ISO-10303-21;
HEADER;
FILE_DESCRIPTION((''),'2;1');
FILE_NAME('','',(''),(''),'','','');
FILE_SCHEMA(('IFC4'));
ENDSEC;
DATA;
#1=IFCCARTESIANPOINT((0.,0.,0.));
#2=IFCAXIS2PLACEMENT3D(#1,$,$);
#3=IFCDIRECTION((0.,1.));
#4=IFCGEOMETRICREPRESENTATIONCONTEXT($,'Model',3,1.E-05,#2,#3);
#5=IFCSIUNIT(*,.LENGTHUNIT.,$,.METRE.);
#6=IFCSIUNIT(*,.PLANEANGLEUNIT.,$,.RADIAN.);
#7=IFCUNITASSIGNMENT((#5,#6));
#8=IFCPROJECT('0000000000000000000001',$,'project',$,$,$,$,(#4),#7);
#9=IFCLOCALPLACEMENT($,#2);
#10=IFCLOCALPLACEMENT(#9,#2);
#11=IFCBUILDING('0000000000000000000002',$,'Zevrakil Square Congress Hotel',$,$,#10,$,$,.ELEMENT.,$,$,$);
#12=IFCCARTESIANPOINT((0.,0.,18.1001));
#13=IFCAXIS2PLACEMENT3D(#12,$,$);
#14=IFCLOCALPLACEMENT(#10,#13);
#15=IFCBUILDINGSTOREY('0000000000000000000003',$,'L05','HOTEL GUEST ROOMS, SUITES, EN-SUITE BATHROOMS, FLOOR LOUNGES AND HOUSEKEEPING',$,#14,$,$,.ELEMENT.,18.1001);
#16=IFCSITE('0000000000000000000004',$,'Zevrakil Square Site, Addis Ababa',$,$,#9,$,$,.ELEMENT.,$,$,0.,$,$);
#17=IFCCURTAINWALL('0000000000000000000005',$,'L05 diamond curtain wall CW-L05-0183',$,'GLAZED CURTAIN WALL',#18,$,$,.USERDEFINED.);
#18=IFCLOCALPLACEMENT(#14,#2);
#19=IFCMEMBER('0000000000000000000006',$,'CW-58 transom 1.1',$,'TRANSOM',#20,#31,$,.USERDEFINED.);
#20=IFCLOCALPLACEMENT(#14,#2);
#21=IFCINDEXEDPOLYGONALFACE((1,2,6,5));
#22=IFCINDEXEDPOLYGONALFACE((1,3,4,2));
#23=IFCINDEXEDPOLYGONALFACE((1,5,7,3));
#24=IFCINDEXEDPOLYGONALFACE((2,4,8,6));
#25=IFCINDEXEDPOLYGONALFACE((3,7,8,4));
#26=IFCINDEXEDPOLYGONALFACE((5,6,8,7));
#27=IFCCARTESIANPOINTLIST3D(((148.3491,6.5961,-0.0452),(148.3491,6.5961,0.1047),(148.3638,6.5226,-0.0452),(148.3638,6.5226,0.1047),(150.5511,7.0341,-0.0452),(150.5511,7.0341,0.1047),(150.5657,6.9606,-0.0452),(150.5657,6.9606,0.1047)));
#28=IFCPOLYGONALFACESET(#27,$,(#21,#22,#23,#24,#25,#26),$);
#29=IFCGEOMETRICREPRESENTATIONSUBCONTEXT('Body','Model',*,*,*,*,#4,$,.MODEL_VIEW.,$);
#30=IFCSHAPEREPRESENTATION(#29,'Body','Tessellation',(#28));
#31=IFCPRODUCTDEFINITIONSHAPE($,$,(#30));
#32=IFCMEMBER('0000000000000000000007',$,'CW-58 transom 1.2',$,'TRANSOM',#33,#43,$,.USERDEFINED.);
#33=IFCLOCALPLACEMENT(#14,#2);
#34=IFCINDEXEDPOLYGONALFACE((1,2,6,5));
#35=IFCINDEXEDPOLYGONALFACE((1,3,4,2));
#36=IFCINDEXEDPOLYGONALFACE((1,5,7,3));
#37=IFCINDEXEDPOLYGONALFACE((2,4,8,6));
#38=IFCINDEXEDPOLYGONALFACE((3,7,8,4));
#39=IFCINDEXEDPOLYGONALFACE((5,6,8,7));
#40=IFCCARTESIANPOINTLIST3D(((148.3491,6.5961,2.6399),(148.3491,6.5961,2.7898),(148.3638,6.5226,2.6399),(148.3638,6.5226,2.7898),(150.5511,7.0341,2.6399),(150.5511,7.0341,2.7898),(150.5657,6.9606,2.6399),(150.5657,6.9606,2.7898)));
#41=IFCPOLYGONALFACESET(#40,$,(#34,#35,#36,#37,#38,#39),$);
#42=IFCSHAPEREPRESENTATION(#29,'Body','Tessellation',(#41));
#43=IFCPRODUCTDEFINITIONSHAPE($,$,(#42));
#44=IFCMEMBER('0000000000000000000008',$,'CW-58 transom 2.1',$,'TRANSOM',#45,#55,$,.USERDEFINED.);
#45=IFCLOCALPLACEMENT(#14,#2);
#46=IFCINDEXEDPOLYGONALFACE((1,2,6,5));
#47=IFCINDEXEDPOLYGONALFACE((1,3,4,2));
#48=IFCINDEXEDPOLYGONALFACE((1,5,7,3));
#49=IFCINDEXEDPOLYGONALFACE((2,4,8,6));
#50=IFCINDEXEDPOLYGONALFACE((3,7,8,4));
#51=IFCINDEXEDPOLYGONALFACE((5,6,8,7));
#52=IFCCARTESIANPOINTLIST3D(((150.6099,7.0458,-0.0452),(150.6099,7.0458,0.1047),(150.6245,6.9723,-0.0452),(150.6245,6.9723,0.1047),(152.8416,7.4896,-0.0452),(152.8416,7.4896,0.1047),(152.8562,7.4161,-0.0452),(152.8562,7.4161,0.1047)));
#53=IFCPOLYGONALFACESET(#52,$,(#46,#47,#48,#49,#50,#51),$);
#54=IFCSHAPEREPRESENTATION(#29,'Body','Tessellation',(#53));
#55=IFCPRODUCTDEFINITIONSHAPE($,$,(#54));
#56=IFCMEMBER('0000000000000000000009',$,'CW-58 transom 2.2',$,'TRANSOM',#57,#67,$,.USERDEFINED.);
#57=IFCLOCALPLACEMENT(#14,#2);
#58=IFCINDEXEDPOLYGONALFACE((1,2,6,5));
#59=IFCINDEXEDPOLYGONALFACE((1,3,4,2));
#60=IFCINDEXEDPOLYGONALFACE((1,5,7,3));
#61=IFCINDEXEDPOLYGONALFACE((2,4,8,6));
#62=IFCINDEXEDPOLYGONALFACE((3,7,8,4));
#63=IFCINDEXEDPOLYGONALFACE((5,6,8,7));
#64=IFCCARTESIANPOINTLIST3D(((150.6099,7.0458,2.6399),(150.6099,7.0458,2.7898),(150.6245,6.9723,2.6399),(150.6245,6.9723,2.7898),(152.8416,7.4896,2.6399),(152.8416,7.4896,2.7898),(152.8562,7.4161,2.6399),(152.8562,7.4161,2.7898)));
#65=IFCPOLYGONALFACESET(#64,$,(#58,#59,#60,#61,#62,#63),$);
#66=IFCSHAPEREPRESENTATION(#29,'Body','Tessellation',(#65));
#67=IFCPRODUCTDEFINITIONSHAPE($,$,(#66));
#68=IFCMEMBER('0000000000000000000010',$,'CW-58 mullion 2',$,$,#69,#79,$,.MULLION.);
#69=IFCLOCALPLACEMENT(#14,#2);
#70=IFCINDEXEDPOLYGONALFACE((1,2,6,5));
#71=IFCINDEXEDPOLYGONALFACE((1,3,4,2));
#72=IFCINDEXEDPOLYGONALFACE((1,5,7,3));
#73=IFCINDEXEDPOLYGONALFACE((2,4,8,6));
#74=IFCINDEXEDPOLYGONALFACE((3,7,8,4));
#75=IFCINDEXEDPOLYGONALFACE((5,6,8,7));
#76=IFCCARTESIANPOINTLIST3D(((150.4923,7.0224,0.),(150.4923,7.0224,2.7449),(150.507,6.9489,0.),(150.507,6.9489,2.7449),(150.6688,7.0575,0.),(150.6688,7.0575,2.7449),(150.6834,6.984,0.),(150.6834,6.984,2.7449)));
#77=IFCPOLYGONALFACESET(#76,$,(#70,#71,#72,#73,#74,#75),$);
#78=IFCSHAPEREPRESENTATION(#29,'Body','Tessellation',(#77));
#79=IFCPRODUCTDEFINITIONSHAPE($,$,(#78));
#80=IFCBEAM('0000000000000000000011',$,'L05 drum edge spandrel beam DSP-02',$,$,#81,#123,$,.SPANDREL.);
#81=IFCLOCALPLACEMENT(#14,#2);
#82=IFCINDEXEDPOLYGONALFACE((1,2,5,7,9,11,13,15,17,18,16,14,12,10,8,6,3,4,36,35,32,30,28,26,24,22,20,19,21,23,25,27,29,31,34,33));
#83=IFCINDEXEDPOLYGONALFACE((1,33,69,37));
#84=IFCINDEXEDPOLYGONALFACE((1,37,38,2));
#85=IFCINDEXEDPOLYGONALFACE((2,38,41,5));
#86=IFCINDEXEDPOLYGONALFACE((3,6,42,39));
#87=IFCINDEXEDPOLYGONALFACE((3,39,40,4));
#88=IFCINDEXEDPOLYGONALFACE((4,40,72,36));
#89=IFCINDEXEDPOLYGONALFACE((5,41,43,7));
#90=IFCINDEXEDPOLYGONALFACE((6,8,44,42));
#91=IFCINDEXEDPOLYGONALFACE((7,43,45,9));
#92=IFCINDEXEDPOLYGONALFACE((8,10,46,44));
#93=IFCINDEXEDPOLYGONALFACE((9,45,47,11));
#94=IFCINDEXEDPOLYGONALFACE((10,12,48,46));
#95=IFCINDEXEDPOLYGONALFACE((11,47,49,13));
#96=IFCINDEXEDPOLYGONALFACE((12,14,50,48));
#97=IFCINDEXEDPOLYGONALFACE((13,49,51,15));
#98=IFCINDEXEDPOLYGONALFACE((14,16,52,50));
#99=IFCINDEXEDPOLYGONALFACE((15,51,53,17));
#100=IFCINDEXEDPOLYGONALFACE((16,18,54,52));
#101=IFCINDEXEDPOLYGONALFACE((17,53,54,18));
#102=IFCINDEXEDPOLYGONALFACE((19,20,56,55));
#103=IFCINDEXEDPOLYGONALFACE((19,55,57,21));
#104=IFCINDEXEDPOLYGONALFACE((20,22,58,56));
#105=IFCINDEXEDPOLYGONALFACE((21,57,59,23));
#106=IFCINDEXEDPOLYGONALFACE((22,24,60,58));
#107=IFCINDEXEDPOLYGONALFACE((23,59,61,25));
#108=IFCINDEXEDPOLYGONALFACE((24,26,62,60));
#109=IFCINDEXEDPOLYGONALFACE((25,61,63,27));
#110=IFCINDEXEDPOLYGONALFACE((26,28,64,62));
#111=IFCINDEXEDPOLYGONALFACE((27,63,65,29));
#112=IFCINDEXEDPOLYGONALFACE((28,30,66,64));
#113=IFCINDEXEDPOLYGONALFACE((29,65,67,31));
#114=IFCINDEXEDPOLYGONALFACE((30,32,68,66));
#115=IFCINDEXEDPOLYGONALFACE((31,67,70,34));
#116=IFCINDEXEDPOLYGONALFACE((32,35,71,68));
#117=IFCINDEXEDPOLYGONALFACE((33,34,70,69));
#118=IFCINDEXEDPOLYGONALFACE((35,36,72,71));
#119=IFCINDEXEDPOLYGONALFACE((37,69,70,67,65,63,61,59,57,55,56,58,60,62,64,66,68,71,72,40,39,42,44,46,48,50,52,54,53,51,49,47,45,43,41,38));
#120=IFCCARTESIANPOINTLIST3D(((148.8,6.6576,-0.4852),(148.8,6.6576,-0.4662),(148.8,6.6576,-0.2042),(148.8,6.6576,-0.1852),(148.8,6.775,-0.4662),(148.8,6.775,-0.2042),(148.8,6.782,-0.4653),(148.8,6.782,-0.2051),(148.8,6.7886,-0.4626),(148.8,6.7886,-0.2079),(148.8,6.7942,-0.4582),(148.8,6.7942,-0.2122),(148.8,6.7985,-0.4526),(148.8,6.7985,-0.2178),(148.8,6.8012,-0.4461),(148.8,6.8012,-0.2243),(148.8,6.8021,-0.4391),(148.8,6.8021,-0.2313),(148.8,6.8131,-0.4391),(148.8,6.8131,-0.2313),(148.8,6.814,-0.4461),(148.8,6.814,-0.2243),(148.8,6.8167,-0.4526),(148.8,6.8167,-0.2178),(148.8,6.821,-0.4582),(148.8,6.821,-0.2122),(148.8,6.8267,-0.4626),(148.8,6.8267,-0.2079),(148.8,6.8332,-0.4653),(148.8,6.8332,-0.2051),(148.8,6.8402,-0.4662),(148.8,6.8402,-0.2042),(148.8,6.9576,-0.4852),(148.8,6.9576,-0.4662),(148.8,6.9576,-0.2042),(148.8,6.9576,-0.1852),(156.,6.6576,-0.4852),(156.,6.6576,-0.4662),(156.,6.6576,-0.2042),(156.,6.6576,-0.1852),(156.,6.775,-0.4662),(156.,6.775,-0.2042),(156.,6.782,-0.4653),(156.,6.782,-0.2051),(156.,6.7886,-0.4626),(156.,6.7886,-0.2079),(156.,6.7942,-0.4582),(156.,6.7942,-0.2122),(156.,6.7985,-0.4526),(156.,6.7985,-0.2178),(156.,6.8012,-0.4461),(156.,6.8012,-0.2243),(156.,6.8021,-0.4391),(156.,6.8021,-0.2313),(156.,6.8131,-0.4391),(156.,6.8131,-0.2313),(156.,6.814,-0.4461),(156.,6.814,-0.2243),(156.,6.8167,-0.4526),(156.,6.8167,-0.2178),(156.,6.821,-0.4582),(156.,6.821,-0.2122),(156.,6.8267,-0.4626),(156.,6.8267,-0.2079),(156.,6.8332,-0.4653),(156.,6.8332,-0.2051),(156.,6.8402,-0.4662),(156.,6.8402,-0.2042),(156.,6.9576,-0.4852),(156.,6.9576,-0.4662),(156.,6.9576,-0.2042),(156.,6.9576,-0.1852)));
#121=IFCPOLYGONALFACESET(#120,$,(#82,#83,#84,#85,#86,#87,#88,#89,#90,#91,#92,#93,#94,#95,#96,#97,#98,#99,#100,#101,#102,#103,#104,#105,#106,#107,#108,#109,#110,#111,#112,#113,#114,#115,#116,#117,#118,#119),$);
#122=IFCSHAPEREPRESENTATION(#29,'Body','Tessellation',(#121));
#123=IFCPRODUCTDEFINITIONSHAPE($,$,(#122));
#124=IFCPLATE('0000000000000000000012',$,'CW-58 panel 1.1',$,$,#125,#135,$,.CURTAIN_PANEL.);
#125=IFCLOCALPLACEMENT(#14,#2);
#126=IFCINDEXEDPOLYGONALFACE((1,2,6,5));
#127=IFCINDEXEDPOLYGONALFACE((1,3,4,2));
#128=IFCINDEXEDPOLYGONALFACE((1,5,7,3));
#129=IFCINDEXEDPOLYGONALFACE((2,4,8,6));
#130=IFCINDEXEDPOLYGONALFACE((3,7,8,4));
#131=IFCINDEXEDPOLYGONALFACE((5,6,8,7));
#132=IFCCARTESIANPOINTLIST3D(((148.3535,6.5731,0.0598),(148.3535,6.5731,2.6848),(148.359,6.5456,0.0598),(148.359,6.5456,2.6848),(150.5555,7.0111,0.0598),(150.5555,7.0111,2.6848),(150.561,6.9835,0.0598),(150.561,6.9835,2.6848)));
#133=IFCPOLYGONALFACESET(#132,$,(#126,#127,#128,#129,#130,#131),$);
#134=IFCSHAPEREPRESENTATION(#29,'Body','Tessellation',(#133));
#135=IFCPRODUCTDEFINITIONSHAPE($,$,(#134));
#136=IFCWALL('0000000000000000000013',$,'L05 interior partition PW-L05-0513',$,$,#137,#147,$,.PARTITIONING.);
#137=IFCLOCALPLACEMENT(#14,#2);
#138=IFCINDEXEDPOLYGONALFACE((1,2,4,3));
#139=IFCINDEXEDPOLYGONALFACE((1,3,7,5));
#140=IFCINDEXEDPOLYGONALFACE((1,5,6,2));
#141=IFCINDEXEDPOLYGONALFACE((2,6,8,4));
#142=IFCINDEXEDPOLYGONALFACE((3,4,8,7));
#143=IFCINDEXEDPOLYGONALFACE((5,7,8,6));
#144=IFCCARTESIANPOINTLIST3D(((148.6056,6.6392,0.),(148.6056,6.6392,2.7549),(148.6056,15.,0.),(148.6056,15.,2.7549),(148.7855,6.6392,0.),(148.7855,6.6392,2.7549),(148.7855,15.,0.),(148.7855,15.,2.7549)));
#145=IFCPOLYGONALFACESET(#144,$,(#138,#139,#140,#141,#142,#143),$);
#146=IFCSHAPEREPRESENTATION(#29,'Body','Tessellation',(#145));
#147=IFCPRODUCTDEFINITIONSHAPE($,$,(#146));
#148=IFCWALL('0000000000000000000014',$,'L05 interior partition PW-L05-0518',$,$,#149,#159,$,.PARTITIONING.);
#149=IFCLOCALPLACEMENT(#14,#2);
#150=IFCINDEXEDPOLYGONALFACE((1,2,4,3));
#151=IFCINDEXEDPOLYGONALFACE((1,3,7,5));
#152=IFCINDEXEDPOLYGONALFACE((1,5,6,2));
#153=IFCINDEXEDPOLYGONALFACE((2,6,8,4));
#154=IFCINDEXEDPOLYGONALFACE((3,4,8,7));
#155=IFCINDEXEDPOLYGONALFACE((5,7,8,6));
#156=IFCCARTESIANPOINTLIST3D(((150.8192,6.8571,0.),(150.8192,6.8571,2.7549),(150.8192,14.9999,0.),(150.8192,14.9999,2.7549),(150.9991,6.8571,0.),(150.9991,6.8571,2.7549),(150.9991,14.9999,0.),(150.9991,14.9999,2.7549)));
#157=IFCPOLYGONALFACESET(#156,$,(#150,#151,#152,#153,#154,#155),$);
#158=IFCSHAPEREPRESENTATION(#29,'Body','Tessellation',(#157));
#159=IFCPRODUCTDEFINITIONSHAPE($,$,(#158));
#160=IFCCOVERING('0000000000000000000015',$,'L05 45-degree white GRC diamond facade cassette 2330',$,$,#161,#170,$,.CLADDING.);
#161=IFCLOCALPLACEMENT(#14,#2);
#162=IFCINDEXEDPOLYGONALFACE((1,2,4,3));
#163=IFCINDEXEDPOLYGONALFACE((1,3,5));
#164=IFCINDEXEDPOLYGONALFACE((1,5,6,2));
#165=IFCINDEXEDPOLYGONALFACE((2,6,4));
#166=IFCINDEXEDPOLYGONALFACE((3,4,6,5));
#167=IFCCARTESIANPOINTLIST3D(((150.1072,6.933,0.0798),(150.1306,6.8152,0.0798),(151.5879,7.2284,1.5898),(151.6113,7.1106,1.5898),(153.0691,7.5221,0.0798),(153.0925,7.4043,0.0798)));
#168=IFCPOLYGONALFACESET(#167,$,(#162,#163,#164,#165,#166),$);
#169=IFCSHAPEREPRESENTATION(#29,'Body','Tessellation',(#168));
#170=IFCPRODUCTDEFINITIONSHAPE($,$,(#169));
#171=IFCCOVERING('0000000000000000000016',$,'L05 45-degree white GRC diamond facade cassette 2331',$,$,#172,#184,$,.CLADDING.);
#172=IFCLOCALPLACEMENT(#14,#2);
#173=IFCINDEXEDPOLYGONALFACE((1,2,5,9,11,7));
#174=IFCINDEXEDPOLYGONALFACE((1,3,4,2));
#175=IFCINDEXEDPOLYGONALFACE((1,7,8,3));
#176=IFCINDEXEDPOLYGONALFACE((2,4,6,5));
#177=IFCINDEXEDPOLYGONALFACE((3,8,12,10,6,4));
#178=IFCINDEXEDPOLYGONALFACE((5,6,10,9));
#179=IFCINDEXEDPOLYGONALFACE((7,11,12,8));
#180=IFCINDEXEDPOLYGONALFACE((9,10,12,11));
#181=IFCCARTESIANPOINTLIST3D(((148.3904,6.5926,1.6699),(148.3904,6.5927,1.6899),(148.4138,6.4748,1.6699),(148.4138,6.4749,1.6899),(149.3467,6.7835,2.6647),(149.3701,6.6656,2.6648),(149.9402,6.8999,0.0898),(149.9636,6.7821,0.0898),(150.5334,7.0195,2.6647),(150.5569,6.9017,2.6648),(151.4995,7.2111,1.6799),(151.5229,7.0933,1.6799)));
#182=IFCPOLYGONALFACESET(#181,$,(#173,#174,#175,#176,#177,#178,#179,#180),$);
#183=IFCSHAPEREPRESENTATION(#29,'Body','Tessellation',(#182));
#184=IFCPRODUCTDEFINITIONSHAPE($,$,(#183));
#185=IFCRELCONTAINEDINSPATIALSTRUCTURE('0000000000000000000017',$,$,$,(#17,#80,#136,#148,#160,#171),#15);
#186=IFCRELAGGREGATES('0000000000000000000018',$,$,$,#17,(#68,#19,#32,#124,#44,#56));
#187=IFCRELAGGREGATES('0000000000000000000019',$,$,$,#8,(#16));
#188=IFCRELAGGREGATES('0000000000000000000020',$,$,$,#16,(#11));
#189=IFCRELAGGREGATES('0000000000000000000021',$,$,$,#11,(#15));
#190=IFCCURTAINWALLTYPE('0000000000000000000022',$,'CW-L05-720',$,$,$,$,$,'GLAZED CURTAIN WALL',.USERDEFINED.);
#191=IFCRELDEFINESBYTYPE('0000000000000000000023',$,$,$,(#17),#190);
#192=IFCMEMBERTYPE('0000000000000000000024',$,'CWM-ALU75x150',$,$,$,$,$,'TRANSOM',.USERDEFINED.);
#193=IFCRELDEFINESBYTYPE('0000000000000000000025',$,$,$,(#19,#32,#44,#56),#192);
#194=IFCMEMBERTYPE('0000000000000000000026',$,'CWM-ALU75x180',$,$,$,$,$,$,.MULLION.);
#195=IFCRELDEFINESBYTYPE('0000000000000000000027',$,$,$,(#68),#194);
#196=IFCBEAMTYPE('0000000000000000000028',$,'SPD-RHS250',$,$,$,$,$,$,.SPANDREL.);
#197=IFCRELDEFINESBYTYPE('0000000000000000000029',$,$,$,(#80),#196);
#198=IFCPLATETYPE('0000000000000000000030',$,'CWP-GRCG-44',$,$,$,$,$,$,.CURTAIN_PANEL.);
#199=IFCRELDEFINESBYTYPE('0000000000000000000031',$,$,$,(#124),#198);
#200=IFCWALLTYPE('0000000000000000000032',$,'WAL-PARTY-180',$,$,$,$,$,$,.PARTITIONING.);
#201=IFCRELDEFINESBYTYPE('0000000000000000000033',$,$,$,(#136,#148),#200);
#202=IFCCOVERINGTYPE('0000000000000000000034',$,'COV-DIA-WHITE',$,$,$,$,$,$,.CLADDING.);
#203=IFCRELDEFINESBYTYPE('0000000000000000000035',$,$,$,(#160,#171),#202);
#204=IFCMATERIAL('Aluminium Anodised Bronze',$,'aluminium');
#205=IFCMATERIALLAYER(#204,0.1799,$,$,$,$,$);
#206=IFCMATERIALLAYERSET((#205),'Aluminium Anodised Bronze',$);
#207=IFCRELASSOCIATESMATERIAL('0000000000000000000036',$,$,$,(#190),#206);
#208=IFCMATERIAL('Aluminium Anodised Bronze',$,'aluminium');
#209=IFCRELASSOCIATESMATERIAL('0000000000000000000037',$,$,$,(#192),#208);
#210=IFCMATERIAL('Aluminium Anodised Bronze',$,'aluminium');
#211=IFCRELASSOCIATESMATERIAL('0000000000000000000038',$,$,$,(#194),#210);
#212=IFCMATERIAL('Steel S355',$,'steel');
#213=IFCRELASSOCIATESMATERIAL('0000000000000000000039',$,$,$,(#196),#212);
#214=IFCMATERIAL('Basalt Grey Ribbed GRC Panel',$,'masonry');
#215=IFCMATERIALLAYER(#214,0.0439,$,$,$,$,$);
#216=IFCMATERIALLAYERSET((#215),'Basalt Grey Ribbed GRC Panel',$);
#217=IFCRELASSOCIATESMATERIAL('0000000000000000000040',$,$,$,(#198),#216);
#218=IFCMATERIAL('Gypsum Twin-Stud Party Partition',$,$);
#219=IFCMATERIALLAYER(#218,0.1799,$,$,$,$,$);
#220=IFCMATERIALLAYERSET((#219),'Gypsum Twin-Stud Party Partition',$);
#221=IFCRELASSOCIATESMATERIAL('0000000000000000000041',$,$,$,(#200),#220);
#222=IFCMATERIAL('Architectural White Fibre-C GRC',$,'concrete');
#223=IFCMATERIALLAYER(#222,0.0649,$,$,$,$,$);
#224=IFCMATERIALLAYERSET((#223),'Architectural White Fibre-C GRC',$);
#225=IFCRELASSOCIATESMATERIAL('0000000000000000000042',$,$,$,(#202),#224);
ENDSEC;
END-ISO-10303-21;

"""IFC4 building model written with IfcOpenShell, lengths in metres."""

from ifc_helpers import new_model, si_unit, direction, frame, frame_2d, origin, origin_2d, place, context, subcontext, project, spatial, polyline, rectangle, i_section, outline, extrude, material, layer, layer_set, material_profile, profile_set, type_object, element, aggregate, save


model = new_model("IFC4")

# Units and contexts
model_context = context("Model", 3, precision=1e-05, world=origin(), true_north=direction((0.0, 1.0)))
body_context = subcontext(model_context, "Body", "Model", "MODEL_VIEW")
ifc_project = project(units=[si_unit("LENGTHUNIT", "METRE"), si_unit("PLANEANGLEUNIT", "RADIAN")], contexts=[model_context])

# Site, building, storey
site_placement = place(None, origin())
site = spatial("IfcSite", under=ifc_project, at=site_placement, Name="Zevrakil Square Site, Addis Ababa", CompositionType="ELEMENT", RefElevation=0.0)
building_placement = place(site_placement, origin())
building = spatial("IfcBuilding", under=site, at=building_placement, Name="Zevrakil Square Congress Hotel", CompositionType="ELEMENT")
storey_placement = place(building_placement, frame((0.0, 0.0, 18.1001)))
storey = spatial("IfcBuildingStorey", under=building, at=storey_placement, Name="L05", Description="HOTEL GUEST ROOMS, SUITES, EN-SUITE BATHROOMS, FLOOR LOUNGES AND HOUSEKEEPING", CompositionType="ELEMENT", Elevation=18.1001)

# Curtain wall, members
ifc_material_1 = material(Name="Aluminium Anodised Bronze", Category="aluminium")
ifc_layer_1 = layer(ifc_material_1, 0.1799)
ifc_layer_set_1 = layer_set([ifc_layer_1], Name="Aluminium Anodised Bronze")
curtain_wall_type = type_object("IfcCurtainWallType", Name="CW-L05-720", ElementType="GLAZED CURTAIN WALL", PredefinedType="USERDEFINED", material=ifc_layer_set_1)
curtain_wall_placement = place(storey_placement, origin())
curtain_wall = element("IfcCurtainWall", 1, at=curtain_wall_placement, inside=storey, type_object=curtain_wall_type, Name="L05 diamond curtain wall CW-L05-0183", ObjectType="GLAZED CURTAIN WALL", PredefinedType="USERDEFINED")
ifc_material_2 = material(Name="Aluminium Anodised Bronze", Category="aluminium")
ifc_material_profile_1 = material_profile(ifc_material_2, rectangle(XDim=0.075, YDim=0.1499, at=origin_2d()), Name="ALU 75x150")
ifc_profile_set_1 = profile_set([ifc_material_profile_1], Name="Aluminium Anodised Bronze")
member_type_1 = type_object("IfcMemberType", Name="CWM-ALU75x150", ElementType="TRANSOM", PredefinedType="USERDEFINED", material=ifc_profile_set_1)
member_1_placement = place(storey_placement, frame((148.3564, 6.5593, 0.0298), z_axis=(0.980785, 0.195091, 0.0), x_axis=(-0.195091, 0.980785, 0.0)))
member_1 = element("IfcMember", 2, at=member_1_placement, type_object=member_type_1, Name="CW-58 transom 1.1", ObjectType="TRANSOM", PredefinedType="USERDEFINED", context=body_context, shape_type="SweptSolid", body=[
    extrude(rectangle(XDim=0.075, YDim=0.1499, at=origin_2d()), origin(), (0.0, 0.0, 1.0), 2.2451),
])
member_2_placement = place(storey_placement, frame((148.3564, 6.5593, 2.7148), z_axis=(0.980785, 0.195091, 0.0), x_axis=(-0.195091, 0.980785, 0.0)))
member_2 = element("IfcMember", 3, at=member_2_placement, type_object=member_type_1, Name="CW-58 transom 1.2", ObjectType="TRANSOM", PredefinedType="USERDEFINED", context=body_context, shape_type="SweptSolid", body=[
    extrude(rectangle(XDim=0.075, YDim=0.1499, at=origin_2d()), origin(), (0.0, 0.0, 1.0), 2.2451),
])
member_3_placement = place(storey_placement, frame((150.6172, 7.009, 0.0298), z_axis=(0.980791, 0.195064, 0.0), x_axis=(-0.195064, 0.980791, 0.0)))
member_3 = element("IfcMember", 4, at=member_3_placement, type_object=member_type_1, Name="CW-58 transom 2.1", ObjectType="TRANSOM", PredefinedType="USERDEFINED", context=body_context, shape_type="SweptSolid", body=[
    extrude(rectangle(XDim=0.075, YDim=0.1499, at=origin_2d()), origin(), (0.0, 0.0, 1.0), 2.2754),
])
member_4_placement = place(storey_placement, frame((150.6172, 7.009, 2.7148), z_axis=(0.980791, 0.195064, 0.0), x_axis=(-0.195064, 0.980791, 0.0)))
member_4 = element("IfcMember", 5, at=member_4_placement, type_object=member_type_1, Name="CW-58 transom 2.2", ObjectType="TRANSOM", PredefinedType="USERDEFINED", context=body_context, shape_type="SweptSolid", body=[
    extrude(rectangle(XDim=0.075, YDim=0.1499, at=origin_2d()), origin(), (0.0, 0.0, 1.0), 2.2754),
])
ifc_material_3 = material(Name="Aluminium Anodised Bronze", Category="aluminium")
ifc_material_profile_2 = material_profile(ifc_material_3, rectangle(XDim=0.075, YDim=0.1799, at=origin_2d()), Name="ALU 75x180")
ifc_profile_set_2 = profile_set([ifc_material_profile_2], Name="Aluminium Anodised Bronze")
member_type_2 = type_object("IfcMemberType", Name="CWM-ALU75x180", PredefinedType="MULLION", material=ifc_profile_set_2)
member_5_placement = place(storey_placement, frame((150.5879, 7.0032, 0.0), z_axis=(0.0, 0.0, 1.0), x_axis=(-0.195084, 0.980787, 0.0)))
member_5 = element("IfcMember", 6, at=member_5_placement, type_object=member_type_2, Name="CW-58 mullion 2", PredefinedType="MULLION", context=body_context, shape_type="SweptSolid", body=[
    extrude(rectangle(XDim=0.075, YDim=0.1799, at=origin_2d()), origin(), (0.0, 0.0, 1.0), 2.7449),
])

# Beam
ifc_material_4 = material(Name="Steel S355", Category="steel")
ifc_material_profile_3 = material_profile(ifc_material_4, i_section(OverallWidth=0.3, OverallDepth=0.3, WebThickness=0.011, FlangeThickness=0.019, FilletRadius=0.0271, at=origin_2d()), Name="HEB 300")
ifc_profile_set_3 = profile_set([ifc_material_profile_3], Name="Steel S355")
beam_type = type_object("IfcBeamType", Name="SPD-RHS250", PredefinedType="SPANDREL", material=ifc_profile_set_3)
beam_placement = place(storey_placement, frame((148.8, 6.8076, -0.3352), z_axis=(1.0, 0.0, 0.0), x_axis=(0.0, 1.0, 0.0)))
element("IfcBeam", 7, at=beam_placement, inside=storey, type_object=beam_type, Name="L05 drum edge spandrel beam DSP-02", PredefinedType="SPANDREL", context=body_context, shape_type="SweptSolid", body=[
    extrude(i_section(OverallWidth=0.3, OverallDepth=0.3, WebThickness=0.011, FlangeThickness=0.019, FilletRadius=0.0271, at=origin_2d()), origin(), (0.0, 0.0, 1.0), 7.2),
])

# Plate
ifc_material_5 = material(Name="Basalt Grey Ribbed GRC Panel", Category="masonry")
ifc_layer_2 = layer(ifc_material_5, 0.0439)
ifc_layer_set_2 = layer_set([ifc_layer_2], Name="Basalt Grey Ribbed GRC Panel")
plate_type = type_object("IfcPlateType", Name="CWP-GRCG-44", PredefinedType="CURTAIN_PANEL", material=ifc_layer_set_2)
plate_placement = place(storey_placement, frame((149.4573, 6.7783, 0.0598), z_axis=(0.0, 0.0, 1.0), x_axis=(0.980787, 0.195084, 0.0)))
plate = element("IfcPlate", 8, at=plate_placement, type_object=plate_type, Name="CW-58 panel 1.1", PredefinedType="CURTAIN_PANEL", context=body_context, shape_type="SweptSolid", body=[
    extrude(rectangle(XDim=2.2451, YDim=0.0281, at=origin_2d()), origin(), (0.0, 0.0, 1.0), 2.625),
])
aggregate(curtain_wall, [member_5, member_1, member_2, plate, member_3, member_4])

# Walls
ifc_material_6 = material(Name="Gypsum Twin-Stud Party Partition")
ifc_layer_3 = layer(ifc_material_6, 0.1799)
ifc_layer_set_3 = layer_set([ifc_layer_3], Name="Gypsum Twin-Stud Party Partition")
wall_type = type_object("IfcWallType", Name="WAL-PARTY-180", PredefinedType="PARTITIONING", material=ifc_layer_set_3)
wall_1_placement = place(storey_placement, frame((148.6956, 6.6392, 0.0), z_axis=(0.0, 0.0, 1.0), x_axis=(0.0, 1.0, 0.0)))
element("IfcWall", 9, at=wall_1_placement, inside=storey, type_object=wall_type, Name="L05 interior partition PW-L05-0513", PredefinedType="PARTITIONING", context=body_context, shape_type="SweptSolid", body=[
    extrude(rectangle(XDim=8.3608, YDim=0.1799, at=frame_2d((4.1804, 0.0))), origin(), (0.0, 0.0, 1.0), 2.7549),
])
wall_2_placement = place(storey_placement, frame((150.9092, 6.8572, 0.0), z_axis=(0.0, 0.0, 1.0), x_axis=(0.0, 1.0, 0.0)))
element("IfcWall", 10, at=wall_2_placement, inside=storey, type_object=wall_type, Name="L05 interior partition PW-L05-0518", PredefinedType="PARTITIONING", context=body_context, shape_type="SweptSolid", body=[
    extrude(rectangle(XDim=8.1428, YDim=0.1799, at=frame_2d((4.0713, 0.0))), origin(), (0.0, 0.0, 1.0), 2.7549),
])

# Coverings
ifc_material_7 = material(Name="Architectural White Fibre-C GRC", Category="concrete")
ifc_layer_4 = layer(ifc_material_7, 0.0649)
ifc_layer_set_4 = layer_set([ifc_layer_4], Name="Architectural White Fibre-C GRC")
covering_type_1 = type_object("IfcCoveringType", Name="COV-DIA-WHITE", PredefinedType="CLADDING", material=ifc_layer_set_4)
covering_1_placement = place(storey_placement, frame((151.6113, 7.1106, 1.5898), z_axis=(0.195074, -0.980788, 0.000587), x_axis=(0.69361, 0.137533, -0.7071)))
element("IfcCovering", 11, at=covering_1_placement, inside=storey, type_object=covering_type_1, Name="L05 45-degree white GRC diamond facade cassette 2330", PredefinedType="CLADDING", context=body_context, shape_type="SweptSolid", body=[
    extrude(outline(polyline([(0.0, 0.0), (2.1355, 0.0), (0.0001, -2.1354), (0.0, 0.0)])), origin(), (0.0, 0.0, -1.0), 0.1201),
])
covering_2_placement = place(storey_placement, frame((151.5229, 7.0933, 1.6799), z_axis=(0.195082, -0.980787, 0.000595), x_axis=(-0.69344, -0.138357, -0.707106)))
element("IfcCovering", 12, at=covering_2_placement, inside=storey, type_object=covering_type_1, Name="L05 45-degree white GRC diamond facade cassette 2331", PredefinedType="CLADDING", context=body_context, shape_type="SweptSolid", body=[
    extrude(outline(polyline([(0.0, 0.0), (2.2487, 0.0), (2.2486, -2.2345), (2.2345, -2.2486), (0.8556, -2.2484), (0.0, -1.3928), (0.0, 0.0)])), origin(), (0.0, 0.0, -1.0), 0.1201),
])

save(model, "model.ifc")
